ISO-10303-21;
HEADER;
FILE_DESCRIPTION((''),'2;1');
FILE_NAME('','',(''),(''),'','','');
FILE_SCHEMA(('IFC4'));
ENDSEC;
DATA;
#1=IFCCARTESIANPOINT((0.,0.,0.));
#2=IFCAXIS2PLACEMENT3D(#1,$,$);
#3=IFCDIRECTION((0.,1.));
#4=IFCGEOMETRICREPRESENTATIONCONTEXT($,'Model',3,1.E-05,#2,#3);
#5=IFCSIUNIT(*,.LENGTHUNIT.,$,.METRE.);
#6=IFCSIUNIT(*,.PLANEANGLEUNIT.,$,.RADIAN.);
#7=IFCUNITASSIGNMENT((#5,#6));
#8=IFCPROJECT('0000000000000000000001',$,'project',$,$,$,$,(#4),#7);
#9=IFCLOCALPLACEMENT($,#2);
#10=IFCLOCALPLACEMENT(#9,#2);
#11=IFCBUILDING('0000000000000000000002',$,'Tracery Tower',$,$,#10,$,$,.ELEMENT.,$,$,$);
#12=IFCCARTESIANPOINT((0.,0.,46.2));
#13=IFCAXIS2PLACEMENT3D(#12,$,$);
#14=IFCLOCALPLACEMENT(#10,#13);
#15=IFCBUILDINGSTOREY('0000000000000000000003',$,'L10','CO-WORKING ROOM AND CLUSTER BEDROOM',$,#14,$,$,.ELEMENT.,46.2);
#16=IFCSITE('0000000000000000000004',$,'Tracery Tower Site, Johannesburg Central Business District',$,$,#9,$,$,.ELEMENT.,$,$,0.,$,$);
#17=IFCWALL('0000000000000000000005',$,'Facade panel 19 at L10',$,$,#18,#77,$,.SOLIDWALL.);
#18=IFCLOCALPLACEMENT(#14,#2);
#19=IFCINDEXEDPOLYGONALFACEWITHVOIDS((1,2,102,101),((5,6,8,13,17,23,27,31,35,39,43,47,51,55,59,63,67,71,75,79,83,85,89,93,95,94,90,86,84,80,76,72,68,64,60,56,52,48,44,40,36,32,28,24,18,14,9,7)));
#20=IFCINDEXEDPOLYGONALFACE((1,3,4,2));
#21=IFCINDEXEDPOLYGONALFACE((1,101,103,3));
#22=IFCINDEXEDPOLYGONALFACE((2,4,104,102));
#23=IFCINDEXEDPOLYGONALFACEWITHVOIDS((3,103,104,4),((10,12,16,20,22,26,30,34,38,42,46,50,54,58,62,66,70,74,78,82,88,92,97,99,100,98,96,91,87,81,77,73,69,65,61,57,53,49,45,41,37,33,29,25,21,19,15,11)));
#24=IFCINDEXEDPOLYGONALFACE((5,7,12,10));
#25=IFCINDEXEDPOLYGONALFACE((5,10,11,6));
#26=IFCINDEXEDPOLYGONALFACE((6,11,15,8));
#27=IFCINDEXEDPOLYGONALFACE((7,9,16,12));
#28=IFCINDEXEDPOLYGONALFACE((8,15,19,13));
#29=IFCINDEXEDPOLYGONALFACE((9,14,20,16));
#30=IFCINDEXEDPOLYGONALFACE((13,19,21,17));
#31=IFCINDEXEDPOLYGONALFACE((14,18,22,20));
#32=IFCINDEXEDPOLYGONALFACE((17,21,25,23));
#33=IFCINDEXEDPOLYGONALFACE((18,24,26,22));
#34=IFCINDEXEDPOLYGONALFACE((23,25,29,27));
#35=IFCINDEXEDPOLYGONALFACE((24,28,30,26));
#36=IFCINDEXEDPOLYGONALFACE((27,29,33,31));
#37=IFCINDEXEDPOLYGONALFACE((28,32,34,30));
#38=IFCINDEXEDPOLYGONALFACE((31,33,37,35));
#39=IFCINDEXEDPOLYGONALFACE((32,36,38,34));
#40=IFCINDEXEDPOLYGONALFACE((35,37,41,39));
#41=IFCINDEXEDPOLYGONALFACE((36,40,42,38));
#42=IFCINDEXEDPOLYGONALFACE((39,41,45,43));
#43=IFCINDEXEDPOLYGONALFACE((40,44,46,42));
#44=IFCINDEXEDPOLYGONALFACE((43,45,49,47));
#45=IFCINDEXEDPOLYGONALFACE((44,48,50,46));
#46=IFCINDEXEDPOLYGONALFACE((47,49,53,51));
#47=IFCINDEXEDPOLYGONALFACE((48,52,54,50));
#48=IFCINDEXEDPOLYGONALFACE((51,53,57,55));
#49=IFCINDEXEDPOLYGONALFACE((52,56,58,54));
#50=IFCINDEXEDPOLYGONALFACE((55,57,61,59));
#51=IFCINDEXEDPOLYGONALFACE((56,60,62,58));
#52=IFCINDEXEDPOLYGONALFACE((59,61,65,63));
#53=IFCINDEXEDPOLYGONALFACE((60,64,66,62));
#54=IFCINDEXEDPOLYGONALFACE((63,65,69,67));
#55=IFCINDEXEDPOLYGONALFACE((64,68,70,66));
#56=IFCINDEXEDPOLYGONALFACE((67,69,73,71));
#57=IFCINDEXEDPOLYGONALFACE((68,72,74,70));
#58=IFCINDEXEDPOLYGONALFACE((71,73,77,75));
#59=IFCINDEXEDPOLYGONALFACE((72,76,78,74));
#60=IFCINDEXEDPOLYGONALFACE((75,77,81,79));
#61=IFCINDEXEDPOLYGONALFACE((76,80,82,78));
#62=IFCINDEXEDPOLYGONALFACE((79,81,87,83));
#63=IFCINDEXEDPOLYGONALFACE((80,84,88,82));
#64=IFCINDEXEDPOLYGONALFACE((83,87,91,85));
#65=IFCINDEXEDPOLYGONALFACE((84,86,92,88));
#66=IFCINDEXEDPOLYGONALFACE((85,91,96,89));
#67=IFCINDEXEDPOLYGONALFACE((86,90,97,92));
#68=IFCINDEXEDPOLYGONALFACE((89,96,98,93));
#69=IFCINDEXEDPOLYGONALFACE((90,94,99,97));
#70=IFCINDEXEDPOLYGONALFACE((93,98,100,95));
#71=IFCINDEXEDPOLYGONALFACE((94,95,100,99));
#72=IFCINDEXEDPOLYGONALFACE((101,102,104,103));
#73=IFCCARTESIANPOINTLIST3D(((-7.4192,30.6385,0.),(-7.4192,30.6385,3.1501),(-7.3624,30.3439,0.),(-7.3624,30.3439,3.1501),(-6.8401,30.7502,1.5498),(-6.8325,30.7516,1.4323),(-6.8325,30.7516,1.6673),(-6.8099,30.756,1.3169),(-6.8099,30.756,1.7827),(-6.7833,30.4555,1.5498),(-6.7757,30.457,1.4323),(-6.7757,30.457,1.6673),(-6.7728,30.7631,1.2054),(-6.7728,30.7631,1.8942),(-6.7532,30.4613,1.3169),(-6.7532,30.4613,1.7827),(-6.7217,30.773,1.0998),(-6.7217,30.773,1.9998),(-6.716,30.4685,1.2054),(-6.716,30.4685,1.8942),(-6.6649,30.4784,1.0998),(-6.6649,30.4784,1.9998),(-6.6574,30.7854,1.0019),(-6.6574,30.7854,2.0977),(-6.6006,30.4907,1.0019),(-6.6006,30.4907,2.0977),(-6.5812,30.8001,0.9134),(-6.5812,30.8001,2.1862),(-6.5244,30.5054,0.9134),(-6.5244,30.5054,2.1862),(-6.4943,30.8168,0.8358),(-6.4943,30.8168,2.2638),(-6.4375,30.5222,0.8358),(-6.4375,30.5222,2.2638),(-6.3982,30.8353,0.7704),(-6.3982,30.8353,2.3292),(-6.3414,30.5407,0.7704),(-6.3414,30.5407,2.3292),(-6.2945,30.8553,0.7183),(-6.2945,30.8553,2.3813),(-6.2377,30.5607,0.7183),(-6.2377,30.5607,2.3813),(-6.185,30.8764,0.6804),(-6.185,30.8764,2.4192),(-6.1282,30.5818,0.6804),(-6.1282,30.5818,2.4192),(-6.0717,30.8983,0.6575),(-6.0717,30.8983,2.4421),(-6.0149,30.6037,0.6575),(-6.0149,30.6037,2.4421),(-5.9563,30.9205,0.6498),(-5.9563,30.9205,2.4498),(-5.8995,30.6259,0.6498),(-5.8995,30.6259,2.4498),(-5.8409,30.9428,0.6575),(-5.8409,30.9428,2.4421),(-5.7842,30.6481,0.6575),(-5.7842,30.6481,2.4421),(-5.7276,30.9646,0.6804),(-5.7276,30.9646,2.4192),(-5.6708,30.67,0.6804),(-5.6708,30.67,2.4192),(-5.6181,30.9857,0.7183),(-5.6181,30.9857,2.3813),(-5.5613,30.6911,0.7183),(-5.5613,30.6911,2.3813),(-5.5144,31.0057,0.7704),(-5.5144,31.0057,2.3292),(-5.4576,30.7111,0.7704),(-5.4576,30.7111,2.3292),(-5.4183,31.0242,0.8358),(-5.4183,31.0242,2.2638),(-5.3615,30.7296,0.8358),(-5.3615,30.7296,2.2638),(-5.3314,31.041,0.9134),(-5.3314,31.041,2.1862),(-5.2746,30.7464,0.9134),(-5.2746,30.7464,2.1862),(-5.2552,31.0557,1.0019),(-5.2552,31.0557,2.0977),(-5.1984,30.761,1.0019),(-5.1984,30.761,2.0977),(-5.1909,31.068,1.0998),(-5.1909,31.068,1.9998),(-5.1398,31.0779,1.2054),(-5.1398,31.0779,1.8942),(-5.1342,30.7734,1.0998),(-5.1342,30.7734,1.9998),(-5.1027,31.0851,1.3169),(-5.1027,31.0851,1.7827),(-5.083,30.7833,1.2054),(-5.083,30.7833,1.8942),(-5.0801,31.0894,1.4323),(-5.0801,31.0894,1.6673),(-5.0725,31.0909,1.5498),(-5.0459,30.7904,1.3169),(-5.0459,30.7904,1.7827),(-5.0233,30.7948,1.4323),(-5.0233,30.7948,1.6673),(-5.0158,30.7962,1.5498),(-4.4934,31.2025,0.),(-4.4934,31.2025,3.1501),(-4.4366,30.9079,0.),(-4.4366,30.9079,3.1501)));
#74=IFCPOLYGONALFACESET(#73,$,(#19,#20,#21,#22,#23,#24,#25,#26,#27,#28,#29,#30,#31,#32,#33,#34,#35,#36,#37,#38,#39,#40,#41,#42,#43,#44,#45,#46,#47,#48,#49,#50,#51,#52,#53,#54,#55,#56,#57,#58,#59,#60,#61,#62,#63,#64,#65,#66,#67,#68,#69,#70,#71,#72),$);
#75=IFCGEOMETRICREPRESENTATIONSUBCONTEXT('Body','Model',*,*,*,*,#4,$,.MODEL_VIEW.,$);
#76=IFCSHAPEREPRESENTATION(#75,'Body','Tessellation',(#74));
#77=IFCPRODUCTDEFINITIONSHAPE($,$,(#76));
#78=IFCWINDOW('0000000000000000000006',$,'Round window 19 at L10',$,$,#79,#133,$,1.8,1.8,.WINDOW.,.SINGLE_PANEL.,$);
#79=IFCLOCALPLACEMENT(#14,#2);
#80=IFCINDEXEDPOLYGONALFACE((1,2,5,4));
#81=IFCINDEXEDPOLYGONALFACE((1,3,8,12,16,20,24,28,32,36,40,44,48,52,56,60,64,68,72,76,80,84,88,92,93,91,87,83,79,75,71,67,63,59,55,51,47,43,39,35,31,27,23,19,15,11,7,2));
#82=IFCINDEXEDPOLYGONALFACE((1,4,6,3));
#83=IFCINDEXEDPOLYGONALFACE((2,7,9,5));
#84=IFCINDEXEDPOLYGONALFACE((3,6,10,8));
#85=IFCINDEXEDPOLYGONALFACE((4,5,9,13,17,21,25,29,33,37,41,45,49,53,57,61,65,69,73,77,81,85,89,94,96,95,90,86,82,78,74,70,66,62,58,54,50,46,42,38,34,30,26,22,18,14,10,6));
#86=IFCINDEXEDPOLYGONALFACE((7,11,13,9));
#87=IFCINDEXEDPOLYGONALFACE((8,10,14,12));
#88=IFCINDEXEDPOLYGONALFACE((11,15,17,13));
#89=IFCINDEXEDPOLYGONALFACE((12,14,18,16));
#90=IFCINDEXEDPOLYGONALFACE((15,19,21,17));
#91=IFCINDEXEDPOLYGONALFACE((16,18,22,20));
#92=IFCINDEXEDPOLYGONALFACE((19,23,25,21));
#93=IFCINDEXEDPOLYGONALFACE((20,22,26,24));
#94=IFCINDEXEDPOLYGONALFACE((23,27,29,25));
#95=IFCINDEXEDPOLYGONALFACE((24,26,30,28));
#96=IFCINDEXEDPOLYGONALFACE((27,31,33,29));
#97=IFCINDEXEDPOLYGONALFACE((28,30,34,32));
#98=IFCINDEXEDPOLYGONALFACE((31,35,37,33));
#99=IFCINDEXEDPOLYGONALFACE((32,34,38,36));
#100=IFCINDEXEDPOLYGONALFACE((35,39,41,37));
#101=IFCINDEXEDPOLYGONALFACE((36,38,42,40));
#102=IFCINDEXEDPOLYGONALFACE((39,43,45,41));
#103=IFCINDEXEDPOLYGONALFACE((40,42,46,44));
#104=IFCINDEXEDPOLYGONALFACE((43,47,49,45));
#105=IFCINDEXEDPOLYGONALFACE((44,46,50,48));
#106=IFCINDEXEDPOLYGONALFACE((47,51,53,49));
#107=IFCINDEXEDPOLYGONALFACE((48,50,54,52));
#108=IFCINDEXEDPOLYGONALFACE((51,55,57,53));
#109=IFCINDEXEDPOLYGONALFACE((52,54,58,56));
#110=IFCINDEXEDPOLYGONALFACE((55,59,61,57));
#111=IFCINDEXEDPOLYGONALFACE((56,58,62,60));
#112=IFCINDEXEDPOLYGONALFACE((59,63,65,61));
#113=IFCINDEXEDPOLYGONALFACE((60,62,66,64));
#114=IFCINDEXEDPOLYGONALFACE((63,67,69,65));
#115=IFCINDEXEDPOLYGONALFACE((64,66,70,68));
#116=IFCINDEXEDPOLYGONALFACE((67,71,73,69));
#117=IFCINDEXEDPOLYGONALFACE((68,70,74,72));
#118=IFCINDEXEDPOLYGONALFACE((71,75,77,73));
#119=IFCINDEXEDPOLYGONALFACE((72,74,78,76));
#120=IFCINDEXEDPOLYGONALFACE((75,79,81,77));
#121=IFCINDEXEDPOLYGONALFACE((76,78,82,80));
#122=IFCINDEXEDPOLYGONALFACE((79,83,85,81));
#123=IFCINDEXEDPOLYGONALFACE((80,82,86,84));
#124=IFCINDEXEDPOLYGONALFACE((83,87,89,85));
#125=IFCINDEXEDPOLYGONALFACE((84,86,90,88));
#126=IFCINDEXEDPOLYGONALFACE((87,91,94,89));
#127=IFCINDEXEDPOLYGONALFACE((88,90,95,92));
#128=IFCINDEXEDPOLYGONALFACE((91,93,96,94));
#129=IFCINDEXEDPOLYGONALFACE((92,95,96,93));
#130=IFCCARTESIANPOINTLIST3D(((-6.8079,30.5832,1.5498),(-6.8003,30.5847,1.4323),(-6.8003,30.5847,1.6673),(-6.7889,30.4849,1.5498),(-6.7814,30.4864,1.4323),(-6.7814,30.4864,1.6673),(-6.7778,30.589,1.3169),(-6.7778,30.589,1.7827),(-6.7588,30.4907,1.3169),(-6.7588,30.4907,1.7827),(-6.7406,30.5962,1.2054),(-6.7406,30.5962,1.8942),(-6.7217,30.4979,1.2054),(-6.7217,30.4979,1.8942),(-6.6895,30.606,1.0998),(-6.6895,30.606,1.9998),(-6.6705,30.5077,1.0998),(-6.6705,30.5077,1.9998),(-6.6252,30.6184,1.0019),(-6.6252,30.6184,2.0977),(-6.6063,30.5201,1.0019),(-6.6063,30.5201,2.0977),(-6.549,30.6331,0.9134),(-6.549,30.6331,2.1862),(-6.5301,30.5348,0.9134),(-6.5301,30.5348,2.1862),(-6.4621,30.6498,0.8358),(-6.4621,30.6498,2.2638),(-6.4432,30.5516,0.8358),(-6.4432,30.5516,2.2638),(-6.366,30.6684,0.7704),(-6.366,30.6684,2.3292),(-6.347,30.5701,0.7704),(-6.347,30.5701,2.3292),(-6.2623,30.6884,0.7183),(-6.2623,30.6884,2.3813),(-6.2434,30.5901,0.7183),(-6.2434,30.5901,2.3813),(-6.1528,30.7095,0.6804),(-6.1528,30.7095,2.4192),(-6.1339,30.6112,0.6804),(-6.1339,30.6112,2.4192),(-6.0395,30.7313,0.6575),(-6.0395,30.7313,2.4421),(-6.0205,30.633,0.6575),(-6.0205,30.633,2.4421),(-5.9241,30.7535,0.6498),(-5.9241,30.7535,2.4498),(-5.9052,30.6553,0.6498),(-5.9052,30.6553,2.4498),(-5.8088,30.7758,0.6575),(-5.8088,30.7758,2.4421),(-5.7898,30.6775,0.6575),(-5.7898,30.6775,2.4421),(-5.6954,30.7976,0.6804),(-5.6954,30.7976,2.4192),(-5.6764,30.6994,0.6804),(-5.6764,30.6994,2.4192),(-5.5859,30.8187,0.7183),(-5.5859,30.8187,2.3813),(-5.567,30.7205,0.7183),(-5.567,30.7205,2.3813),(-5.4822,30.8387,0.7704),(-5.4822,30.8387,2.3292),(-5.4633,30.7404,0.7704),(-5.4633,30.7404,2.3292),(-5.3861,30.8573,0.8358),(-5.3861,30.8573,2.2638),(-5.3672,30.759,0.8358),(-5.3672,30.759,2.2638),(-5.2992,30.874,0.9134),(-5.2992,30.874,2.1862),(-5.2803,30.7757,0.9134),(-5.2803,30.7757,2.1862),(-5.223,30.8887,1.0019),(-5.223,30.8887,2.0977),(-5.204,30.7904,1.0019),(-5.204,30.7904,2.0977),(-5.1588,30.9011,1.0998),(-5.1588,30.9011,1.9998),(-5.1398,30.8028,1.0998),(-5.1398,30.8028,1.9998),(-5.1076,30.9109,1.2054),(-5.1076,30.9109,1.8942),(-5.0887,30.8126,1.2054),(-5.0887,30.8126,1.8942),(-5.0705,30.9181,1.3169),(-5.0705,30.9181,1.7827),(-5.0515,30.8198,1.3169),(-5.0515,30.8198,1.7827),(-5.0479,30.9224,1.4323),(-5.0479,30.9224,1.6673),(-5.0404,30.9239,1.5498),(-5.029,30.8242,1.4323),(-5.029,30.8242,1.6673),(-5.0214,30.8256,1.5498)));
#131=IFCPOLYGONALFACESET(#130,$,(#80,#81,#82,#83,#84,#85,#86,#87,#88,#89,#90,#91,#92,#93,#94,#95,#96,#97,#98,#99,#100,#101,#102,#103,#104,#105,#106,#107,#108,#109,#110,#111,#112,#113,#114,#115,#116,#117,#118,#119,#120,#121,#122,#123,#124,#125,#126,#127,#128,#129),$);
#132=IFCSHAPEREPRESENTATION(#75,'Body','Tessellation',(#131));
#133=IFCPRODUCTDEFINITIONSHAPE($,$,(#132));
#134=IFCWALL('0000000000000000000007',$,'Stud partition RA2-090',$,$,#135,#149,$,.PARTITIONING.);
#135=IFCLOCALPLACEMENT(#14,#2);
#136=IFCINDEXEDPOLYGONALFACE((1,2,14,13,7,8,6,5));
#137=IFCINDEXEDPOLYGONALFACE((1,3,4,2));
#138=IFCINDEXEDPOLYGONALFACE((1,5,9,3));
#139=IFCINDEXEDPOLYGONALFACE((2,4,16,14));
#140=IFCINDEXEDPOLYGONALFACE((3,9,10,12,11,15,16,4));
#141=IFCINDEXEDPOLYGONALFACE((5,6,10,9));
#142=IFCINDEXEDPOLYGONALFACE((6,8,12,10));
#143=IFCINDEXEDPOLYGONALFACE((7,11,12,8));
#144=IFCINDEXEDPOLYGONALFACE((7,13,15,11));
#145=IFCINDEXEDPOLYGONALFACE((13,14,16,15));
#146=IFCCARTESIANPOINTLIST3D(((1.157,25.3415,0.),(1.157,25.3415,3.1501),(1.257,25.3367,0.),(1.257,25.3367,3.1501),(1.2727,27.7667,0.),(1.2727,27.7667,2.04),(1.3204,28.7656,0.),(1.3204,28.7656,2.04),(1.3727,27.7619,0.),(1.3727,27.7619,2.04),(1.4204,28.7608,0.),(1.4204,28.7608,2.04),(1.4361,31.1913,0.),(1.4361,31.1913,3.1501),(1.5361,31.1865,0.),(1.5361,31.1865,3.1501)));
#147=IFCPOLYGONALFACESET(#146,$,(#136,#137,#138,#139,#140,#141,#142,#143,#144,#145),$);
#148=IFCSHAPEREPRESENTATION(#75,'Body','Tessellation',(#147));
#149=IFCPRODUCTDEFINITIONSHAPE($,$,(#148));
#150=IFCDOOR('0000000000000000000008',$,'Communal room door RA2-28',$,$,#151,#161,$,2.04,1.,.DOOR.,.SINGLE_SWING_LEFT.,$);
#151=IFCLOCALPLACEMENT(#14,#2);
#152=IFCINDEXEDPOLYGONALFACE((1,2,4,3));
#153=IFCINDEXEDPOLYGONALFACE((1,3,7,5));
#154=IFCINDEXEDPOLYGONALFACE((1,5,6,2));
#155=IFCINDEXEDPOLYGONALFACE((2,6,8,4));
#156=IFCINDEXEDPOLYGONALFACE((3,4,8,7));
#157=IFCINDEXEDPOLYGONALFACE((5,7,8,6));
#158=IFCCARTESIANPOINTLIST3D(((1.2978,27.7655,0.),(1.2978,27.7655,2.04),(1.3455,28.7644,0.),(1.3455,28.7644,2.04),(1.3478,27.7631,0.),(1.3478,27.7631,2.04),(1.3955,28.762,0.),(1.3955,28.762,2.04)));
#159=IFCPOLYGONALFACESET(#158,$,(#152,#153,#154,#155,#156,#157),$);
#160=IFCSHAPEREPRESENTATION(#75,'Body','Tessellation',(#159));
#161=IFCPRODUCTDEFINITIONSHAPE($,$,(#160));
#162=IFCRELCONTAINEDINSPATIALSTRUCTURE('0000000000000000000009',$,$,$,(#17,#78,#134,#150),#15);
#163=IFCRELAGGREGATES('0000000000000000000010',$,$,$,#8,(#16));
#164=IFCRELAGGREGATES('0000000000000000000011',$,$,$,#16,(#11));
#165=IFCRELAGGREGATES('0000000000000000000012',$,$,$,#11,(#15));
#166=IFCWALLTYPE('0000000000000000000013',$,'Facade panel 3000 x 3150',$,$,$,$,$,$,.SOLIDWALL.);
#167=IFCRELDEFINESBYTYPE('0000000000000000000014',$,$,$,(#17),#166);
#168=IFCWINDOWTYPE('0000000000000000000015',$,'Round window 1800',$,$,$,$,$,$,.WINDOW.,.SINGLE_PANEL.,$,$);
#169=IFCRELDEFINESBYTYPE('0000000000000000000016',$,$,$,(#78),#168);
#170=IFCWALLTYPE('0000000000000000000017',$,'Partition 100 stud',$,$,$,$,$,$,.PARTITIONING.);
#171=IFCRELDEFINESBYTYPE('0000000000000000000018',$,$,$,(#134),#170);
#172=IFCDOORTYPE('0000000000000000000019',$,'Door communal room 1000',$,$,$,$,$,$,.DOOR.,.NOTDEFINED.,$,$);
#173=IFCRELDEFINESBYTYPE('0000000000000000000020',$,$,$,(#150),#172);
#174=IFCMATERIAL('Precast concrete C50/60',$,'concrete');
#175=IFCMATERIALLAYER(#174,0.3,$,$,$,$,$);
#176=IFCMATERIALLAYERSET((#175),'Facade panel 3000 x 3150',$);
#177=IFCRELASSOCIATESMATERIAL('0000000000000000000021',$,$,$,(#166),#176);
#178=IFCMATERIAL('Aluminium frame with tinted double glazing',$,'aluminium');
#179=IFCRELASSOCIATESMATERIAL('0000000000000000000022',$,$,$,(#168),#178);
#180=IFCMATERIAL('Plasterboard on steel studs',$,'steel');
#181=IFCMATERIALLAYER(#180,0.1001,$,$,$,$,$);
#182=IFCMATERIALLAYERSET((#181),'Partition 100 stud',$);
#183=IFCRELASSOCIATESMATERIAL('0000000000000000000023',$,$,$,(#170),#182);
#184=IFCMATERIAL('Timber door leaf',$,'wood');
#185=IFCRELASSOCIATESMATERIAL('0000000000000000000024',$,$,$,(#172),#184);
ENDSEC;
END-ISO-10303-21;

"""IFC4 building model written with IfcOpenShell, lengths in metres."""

from ifc_helpers import new_model, si_unit, direction, frame, frame_2d, origin, origin_2d, place, context, subcontext, project, spatial, rectangle, circle, extrude, material, layer, layer_set, type_object, element, fill, save


model = new_model("IFC4")

# Units and contexts
model_context = context("Model", 3, precision=1e-05, world=origin(), true_north=direction((0.0, 1.0)))
body_context = subcontext(model_context, "Body", "Model", "MODEL_VIEW")
ifc_project = project(units=[si_unit("LENGTHUNIT", "METRE"), si_unit("PLANEANGLEUNIT", "RADIAN")], contexts=[model_context])

# Site, building, storey
site_placement = place(None, origin())
site = spatial("IfcSite", under=ifc_project, at=site_placement, Name="Tracery Tower Site, Johannesburg Central Business District", CompositionType="ELEMENT", RefElevation=0.0)
building_placement = place(site_placement, origin())
building = spatial("IfcBuilding", under=site, at=building_placement, Name="Tracery Tower", CompositionType="ELEMENT")
storey_placement = place(building_placement, frame((0.0, 0.0, 46.2)))
storey = spatial("IfcBuildingStorey", under=building, at=storey_placement, Name="L10", Description="CO-WORKING ROOM AND CLUSTER BEDROOM", CompositionType="ELEMENT", Elevation=46.2)

# Wall, opening, window
ifc_material_1 = material(Name="Precast concrete C50/60", Category="concrete")
ifc_layer_1 = layer(ifc_material_1, 0.3)
ifc_layer_set_1 = layer_set([ifc_layer_1], Name="Facade panel 3000 x 3150")
wall_type_1 = type_object("IfcWallType", Name="Facade panel 3000 x 3150", PredefinedType="SOLIDWALL", material=ifc_layer_set_1)
ifc_material_2 = material(Name="Aluminium frame with tinted double glazing", Category="aluminium")
window_type = type_object("IfcWindowType", Name="Round window 1800", PartitioningType="SINGLE_PANEL", PredefinedType="WINDOW", material=ifc_material_2)
wall_1_placement = place(storey_placement, frame((-4.4651, 31.0552, 0.0), z_axis=(0.0, 0.0, 1.0), x_axis=(-0.981925, -0.189273, 0.0)))
wall_1 = element("IfcWall", 1, at=wall_1_placement, inside=storey, type_object=wall_type_1, Name="Facade panel 19 at L10", PredefinedType="SOLIDWALL", context=body_context, shape_type="SweptSolid", body=[
    extrude(rectangle(XDim=2.9797, YDim=0.3, at=frame_2d((1.4897, 0.0))), origin(), (0.0, 0.0, 1.0), 3.1501),
])
opening_1_placement = place(wall_1_placement, frame((1.4897, 0.0, 1.5498)))
opening_1 = element("IfcOpeningElement", 2, at=opening_1_placement, cuts=wall_1, PredefinedType="OPENING", context=body_context, shape_type="SweptSolid", body=[
    extrude(circle(Radius=0.9, at=origin_2d()), frame((0.0, 0.1599, 0.0), z_axis=(0.0, -1.0, 0.0), x_axis=(1.0, 0.0, 0.0)), (0.0, 0.0, 1.0), 0.3201),
])
window_1_placement = place(opening_1_placement, origin())
window_1 = element("IfcWindow", 3, at=window_1_placement, inside=storey, type_object=window_type, Name="Round window 19 at L10", OverallHeight=1.8, OverallWidth=1.8, PartitioningType="SINGLE_PANEL", PredefinedType="WINDOW", context=body_context, shape_type="SweptSolid", body=[
    extrude(circle(Radius=0.9, at=origin_2d()), frame((0.0, 0.1201, 0.0), z_axis=(0.0, -1.0, 0.0), x_axis=(1.0, 0.0, 0.0)), (0.0, 0.0, 1.0), 0.1001),
])
fill(opening_1, window_1)

# Wall, opening, door
ifc_material_3 = material(Name="Plasterboard on steel studs", Category="steel")
ifc_layer_2 = layer(ifc_material_3, 0.1001)
ifc_layer_set_2 = layer_set([ifc_layer_2], Name="Partition 100 stud")
wall_type_2 = type_object("IfcWallType", Name="Partition 100 stud", PredefinedType="PARTITIONING", material=ifc_layer_set_2)
wall_2_placement = place(storey_placement, frame((1.207, 25.3391, 0.0), z_axis=(0.0, 0.0, 1.0), x_axis=(0.047648, 0.998864, 0.0)))
wall_2 = element("IfcWall", 4, at=wall_2_placement, inside=storey, type_object=wall_type_2, Name="Stud partition RA2-090", PredefinedType="PARTITIONING", context=body_context, shape_type="SweptSolid", body=[
    extrude(rectangle(XDim=5.8564, YDim=0.1001, at=frame_2d((2.9282, 0.0))), origin(), (0.0, 0.0, 1.0), 3.1501),
])
opening_2_placement = place(wall_2_placement, frame((2.428, 0.0, 0.0)))
opening_2 = element("IfcOpeningElement", 5, at=opening_2_placement, cuts=wall_2, PredefinedType="OPENING", context=body_context, shape_type="SweptSolid", body=[
    extrude(rectangle(XDim=1.0, YDim=2.04, at=frame_2d((0.5, 1.02))), frame((0.0, 0.05, 0.0), z_axis=(0.0, -1.0, 0.0), x_axis=(1.0, 0.0, 0.0)), (0.0, 0.0, 1.0), 0.1001),
])
ifc_material_4 = material(Name="Timber door leaf", Category="wood")
door_type_1 = type_object("IfcDoorType", Name="Door communal room 1000", OperationType="NOTDEFINED", PredefinedType="DOOR", material=ifc_material_4)
door_1_placement = place(opening_2_placement, origin())
door_1 = element("IfcDoor", 6, at=door_1_placement, inside=storey, type_object=door_type_1, Name="Communal room door RA2-28", OperationType="SINGLE_SWING_LEFT", OverallHeight=2.04, OverallWidth=1.0, PredefinedType="DOOR", context=body_context, shape_type="SweptSolid", body=[
    extrude(rectangle(XDim=1.0, YDim=2.04, at=frame_2d((0.5, 1.02))), frame((0.0, 0.0249, 0.0), z_axis=(0.0, -1.0, 0.0), x_axis=(1.0, 0.0, 0.0)), (0.0, 0.0, 1.0), 0.05),
])
fill(opening_2, door_1)

save(model, "model.ifc")
